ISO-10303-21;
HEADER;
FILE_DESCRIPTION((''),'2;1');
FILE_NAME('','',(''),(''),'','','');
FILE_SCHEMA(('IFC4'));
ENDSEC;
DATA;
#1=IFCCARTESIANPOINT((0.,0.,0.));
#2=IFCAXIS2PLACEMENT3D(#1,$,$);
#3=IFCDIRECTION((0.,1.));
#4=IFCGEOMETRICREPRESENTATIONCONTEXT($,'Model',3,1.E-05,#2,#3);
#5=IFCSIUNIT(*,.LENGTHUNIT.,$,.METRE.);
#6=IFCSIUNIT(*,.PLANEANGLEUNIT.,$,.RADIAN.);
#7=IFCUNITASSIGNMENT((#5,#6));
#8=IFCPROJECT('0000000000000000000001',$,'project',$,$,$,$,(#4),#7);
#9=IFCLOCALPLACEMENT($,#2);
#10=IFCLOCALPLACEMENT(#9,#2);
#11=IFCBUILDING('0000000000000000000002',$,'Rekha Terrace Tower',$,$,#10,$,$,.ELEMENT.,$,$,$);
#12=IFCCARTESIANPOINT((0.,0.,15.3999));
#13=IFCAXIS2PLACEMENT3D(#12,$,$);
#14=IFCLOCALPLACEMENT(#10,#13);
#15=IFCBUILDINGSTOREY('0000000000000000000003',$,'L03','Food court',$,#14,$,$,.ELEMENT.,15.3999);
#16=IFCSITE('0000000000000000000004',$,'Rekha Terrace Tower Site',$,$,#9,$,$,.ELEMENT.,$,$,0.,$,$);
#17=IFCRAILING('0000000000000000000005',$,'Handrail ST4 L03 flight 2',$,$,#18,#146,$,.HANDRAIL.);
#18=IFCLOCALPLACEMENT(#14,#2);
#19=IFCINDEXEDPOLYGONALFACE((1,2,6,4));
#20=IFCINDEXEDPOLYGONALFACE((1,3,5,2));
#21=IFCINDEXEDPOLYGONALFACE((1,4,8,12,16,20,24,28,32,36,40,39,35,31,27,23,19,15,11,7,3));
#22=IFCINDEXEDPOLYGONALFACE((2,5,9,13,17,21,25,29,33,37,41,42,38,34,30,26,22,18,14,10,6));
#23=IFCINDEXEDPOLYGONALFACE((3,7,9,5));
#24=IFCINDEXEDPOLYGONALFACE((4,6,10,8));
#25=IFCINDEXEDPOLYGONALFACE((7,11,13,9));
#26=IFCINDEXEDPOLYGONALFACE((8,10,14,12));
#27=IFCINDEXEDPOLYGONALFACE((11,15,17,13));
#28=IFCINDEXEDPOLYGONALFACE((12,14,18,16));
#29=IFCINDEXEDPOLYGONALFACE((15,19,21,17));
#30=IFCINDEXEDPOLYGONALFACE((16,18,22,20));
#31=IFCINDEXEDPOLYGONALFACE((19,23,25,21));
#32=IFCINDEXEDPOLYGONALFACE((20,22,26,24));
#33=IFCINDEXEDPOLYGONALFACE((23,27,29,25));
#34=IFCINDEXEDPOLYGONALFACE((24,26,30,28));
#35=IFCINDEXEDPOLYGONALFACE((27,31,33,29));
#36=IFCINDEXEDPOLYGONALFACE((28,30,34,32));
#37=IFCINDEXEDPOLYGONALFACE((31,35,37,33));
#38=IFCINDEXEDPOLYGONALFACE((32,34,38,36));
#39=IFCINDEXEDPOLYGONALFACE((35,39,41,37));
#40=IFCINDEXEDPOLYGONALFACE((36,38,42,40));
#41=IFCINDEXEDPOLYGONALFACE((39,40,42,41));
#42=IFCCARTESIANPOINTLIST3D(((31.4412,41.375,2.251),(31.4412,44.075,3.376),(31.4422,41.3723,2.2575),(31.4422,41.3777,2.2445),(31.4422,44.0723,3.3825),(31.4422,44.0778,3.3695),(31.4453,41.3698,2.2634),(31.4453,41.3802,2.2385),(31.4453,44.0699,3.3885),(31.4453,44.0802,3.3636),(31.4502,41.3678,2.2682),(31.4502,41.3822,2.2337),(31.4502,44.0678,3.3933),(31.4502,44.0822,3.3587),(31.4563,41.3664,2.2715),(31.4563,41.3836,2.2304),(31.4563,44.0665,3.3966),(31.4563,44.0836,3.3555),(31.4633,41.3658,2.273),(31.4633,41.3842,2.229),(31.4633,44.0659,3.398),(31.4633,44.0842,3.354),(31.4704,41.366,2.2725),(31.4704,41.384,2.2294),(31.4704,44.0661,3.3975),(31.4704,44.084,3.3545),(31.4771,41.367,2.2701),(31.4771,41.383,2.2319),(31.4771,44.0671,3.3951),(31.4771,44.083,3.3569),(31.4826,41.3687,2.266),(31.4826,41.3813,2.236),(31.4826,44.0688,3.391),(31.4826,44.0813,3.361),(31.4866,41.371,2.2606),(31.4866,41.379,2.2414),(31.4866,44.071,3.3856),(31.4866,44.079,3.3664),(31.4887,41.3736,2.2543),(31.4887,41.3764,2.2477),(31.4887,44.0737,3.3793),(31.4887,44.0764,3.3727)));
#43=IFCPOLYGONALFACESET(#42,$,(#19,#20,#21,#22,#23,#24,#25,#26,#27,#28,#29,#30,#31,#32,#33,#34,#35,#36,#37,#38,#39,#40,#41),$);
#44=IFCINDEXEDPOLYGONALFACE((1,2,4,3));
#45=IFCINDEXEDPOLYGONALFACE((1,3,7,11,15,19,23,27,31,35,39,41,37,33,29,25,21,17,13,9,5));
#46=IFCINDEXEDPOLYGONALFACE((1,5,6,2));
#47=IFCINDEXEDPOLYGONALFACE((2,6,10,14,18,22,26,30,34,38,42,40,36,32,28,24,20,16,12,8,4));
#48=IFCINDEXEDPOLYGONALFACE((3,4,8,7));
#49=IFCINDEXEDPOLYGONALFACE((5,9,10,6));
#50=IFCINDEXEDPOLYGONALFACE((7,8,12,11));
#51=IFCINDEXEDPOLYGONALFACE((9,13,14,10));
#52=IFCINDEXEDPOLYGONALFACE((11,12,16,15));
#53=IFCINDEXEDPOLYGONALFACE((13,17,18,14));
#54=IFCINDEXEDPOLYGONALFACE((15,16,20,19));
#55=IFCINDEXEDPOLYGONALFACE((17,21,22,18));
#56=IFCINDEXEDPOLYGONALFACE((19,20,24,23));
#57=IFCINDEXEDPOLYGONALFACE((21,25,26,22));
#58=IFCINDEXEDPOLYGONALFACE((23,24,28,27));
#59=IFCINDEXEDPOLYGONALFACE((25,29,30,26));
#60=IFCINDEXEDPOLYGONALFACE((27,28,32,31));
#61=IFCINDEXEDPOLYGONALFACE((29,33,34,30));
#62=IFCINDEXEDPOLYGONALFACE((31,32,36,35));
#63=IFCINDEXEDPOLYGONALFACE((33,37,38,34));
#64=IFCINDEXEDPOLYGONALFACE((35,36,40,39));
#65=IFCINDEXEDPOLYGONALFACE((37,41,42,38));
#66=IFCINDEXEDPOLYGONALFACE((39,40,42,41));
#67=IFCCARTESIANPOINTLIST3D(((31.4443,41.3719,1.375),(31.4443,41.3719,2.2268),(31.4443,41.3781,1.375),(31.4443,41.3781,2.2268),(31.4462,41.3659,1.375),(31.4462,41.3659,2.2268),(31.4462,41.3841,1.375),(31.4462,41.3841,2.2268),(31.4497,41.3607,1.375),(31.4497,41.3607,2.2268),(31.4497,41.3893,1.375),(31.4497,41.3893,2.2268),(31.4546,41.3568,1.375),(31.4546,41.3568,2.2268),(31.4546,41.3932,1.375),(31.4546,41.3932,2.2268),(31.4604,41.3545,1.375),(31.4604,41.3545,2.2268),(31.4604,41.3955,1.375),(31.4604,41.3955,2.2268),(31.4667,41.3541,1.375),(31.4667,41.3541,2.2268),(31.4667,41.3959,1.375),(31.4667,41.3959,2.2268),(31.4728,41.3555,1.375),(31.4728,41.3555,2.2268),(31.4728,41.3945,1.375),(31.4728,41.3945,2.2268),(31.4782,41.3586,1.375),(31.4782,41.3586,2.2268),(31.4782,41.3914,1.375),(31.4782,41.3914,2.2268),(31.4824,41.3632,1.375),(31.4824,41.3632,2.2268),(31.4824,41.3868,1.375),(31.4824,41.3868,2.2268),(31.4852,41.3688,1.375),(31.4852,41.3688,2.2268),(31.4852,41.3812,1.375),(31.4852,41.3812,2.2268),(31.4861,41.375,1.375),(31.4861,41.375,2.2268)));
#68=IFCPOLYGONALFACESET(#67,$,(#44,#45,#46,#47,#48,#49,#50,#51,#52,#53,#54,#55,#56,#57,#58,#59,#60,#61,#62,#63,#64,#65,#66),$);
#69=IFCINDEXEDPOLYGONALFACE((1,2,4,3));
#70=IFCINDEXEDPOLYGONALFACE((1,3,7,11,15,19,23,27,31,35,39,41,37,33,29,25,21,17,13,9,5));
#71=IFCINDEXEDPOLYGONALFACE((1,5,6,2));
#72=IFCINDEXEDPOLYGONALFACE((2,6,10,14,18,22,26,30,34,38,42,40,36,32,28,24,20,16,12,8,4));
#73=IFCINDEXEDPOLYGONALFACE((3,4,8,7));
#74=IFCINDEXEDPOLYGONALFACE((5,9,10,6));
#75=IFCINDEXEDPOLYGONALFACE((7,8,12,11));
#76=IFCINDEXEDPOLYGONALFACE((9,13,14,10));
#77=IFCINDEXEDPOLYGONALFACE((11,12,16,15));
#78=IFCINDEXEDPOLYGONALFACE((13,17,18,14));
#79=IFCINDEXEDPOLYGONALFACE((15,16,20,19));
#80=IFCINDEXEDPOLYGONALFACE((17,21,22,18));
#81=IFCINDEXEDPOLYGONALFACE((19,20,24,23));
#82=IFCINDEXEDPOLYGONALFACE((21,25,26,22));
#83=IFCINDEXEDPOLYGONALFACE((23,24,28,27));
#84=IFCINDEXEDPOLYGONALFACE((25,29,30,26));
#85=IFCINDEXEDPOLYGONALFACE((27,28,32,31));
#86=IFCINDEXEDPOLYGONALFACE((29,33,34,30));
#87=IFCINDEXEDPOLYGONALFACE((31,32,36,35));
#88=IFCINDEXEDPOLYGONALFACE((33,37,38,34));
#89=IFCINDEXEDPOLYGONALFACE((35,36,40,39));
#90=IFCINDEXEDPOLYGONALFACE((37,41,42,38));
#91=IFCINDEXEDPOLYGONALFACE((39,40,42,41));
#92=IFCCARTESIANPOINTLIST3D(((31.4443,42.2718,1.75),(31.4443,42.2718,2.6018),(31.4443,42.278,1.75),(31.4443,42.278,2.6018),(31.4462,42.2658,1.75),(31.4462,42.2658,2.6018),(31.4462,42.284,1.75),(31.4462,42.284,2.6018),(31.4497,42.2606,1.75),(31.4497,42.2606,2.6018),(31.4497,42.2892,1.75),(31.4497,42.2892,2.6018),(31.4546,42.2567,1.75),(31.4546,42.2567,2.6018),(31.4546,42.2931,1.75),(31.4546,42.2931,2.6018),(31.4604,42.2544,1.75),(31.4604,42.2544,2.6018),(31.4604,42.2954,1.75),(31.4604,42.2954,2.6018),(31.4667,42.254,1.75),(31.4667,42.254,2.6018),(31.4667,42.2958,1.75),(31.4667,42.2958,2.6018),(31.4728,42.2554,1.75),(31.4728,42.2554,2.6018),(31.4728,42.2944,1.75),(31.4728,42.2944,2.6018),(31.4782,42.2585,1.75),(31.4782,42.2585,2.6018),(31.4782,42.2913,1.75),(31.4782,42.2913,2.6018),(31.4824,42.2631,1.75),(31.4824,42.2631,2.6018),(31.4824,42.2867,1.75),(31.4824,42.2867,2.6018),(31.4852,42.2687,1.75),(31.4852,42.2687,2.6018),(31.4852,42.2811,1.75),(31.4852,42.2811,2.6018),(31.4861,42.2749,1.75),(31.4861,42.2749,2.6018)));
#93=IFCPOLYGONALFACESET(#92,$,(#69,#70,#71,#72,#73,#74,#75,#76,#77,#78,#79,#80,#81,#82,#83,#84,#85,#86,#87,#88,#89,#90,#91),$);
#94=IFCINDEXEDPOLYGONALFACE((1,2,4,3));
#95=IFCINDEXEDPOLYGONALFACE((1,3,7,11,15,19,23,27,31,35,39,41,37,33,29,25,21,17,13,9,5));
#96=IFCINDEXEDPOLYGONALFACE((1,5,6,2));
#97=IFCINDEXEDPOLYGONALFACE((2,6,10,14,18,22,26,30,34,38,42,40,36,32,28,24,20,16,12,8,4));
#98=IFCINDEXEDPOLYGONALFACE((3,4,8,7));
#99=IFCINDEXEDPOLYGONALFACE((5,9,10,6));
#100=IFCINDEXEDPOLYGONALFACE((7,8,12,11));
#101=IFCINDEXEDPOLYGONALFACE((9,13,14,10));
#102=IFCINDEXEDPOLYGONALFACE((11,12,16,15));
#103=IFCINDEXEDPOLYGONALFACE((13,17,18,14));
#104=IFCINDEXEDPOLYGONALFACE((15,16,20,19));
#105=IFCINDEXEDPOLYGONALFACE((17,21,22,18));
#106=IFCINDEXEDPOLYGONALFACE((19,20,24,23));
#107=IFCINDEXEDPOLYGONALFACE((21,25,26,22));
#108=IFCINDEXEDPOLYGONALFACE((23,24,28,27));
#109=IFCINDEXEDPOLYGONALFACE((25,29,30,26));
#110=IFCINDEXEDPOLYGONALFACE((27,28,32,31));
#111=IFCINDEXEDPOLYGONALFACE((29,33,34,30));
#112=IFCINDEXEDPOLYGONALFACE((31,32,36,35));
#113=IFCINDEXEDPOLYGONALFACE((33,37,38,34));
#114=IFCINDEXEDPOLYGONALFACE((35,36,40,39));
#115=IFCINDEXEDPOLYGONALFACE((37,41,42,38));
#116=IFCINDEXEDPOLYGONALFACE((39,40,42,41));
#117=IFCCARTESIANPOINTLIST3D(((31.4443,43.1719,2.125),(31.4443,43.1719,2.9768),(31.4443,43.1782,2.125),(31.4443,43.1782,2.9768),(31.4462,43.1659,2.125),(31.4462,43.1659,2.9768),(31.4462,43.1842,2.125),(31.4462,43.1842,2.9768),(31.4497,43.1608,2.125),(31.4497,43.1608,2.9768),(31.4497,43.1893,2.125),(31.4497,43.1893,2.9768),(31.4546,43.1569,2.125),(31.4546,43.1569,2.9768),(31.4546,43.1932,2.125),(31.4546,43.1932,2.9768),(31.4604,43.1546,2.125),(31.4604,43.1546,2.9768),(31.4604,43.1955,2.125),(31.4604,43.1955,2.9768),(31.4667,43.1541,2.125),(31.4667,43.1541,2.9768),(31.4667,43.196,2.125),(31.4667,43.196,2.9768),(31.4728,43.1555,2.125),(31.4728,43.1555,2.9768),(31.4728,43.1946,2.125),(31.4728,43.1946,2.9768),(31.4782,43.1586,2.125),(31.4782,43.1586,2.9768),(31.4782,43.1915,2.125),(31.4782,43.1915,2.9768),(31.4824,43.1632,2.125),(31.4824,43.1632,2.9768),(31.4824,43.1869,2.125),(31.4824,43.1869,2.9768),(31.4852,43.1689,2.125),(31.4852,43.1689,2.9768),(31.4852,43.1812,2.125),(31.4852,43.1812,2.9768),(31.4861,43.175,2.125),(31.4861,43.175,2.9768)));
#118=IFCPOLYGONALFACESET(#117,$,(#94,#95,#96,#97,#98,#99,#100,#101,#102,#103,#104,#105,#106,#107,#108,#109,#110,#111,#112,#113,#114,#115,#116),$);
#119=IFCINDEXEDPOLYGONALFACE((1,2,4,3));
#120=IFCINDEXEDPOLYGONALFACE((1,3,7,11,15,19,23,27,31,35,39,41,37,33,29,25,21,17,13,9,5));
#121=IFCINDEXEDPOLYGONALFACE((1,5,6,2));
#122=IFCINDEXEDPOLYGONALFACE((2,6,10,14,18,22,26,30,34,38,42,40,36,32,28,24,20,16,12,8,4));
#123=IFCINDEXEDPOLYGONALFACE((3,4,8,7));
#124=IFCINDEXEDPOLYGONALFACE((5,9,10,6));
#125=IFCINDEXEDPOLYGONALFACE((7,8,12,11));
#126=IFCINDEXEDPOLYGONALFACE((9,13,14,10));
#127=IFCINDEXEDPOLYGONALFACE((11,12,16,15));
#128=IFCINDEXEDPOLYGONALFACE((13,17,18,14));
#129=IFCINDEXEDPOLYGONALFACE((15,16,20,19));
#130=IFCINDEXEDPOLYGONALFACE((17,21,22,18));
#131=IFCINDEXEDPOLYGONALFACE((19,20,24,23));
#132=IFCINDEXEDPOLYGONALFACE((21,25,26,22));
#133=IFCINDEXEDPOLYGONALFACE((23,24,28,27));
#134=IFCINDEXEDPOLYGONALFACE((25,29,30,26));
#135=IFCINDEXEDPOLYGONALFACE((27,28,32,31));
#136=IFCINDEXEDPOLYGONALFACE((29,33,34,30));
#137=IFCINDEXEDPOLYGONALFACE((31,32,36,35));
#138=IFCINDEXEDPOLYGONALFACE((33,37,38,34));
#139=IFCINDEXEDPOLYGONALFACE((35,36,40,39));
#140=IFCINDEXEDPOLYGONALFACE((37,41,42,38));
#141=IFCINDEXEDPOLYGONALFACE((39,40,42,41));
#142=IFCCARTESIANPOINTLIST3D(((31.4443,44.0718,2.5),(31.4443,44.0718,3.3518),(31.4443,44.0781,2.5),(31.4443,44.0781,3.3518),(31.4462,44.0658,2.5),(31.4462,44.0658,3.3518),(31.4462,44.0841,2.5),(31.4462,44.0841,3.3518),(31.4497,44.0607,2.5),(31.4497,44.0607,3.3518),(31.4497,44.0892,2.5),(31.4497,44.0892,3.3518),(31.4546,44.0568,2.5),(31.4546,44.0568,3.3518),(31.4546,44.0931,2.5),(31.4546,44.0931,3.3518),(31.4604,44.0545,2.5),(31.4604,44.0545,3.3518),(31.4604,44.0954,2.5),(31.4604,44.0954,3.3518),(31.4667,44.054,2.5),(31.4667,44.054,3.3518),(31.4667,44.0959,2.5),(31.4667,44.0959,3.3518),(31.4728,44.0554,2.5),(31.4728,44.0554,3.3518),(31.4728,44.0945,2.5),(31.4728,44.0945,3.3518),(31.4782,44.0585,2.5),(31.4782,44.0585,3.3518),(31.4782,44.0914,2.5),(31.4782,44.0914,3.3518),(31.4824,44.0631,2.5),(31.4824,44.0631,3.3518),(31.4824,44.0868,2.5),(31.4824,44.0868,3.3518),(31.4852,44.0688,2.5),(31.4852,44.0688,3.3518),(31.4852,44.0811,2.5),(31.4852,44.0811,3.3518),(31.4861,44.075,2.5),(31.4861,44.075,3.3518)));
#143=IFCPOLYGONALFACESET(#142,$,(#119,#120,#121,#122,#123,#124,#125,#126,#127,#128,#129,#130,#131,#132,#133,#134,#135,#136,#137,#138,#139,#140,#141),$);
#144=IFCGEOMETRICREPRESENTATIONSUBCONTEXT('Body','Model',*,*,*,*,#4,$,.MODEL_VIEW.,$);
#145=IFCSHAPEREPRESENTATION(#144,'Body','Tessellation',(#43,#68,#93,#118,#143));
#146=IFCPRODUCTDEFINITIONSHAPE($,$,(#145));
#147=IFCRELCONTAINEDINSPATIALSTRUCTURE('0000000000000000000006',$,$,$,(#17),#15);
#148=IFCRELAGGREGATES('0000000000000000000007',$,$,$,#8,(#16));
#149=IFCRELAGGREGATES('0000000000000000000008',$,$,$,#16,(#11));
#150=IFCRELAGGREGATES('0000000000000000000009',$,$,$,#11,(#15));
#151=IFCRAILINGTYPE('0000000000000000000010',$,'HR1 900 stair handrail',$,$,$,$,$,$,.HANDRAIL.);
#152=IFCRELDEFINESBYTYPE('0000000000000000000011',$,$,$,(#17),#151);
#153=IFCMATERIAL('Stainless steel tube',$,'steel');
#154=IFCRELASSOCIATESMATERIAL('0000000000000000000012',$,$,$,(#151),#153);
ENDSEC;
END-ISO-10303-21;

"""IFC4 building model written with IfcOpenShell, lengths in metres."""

from ifc_helpers import new_model, si_unit, direction, frame, origin, origin_2d, place, context, subcontext, project, spatial, circle, extrude, material, type_object, element, save


model = new_model("IFC4")

# Units and contexts
model_context = context("Model", 3, precision=1e-05, world=origin(), true_north=direction((0.0, 1.0)))
body_context = subcontext(model_context, "Body", "Model", "MODEL_VIEW")
ifc_project = project(units=[si_unit("LENGTHUNIT", "METRE"), si_unit("PLANEANGLEUNIT", "RADIAN")], contexts=[model_context])

# Site, building, storey
site_placement = place(None, origin())
site = spatial("IfcSite", under=ifc_project, at=site_placement, Name="Rekha Terrace Tower Site", CompositionType="ELEMENT", RefElevation=0.0)
building_placement = place(site_placement, origin())
building = spatial("IfcBuilding", under=site, at=building_placement, Name="Rekha Terrace Tower", CompositionType="ELEMENT")
storey_placement = place(building_placement, frame((0.0, 0.0, 15.3999)))
storey = spatial("IfcBuildingStorey", under=building, at=storey_placement, Name="L03", Description="Food court", CompositionType="ELEMENT", Elevation=15.3999)

# Railing
ifc_material_1 = material(Name="Stainless steel tube", Category="steel")
railing_type_1 = type_object("IfcRailingType", Name="HR1 900 stair handrail", PredefinedType="HANDRAIL", material=ifc_material_1)
railing_1_placement = place(storey_placement, frame((31.4651, 41.375, 1.375)))
element("IfcRailing", 1, at=railing_1_placement, inside=storey, type_object=railing_type_1, Name="Handrail ST4 L03 flight 2", PredefinedType="HANDRAIL", context=body_context, shape_type="SweptSolid", body=[
    extrude(circle(Radius=0.0239, at=origin_2d()), frame((0.0, 0.0, 0.876), z_axis=(0.0, 0.923074, 0.384621), x_axis=(-1.0, 0.0, 0.0)), (0.0, 0.0, 1.0), 2.925),
    extrude(circle(Radius=0.021, at=origin_2d()), origin(), (0.0, 0.0, 1.0), 0.8518),
    extrude(circle(Radius=0.021, at=origin_2d()), frame((0.0, 0.8999, 0.375)), (0.0, 0.0, 1.0), 0.8518),
    extrude(circle(Radius=0.021, at=origin_2d()), frame((0.0, 1.8, 0.75)), (0.0, 0.0, 1.0), 0.8518),
    extrude(circle(Radius=0.021, at=origin_2d()), frame((0.0, 2.7, 1.125)), (0.0, 0.0, 1.0), 0.8518),
])

save(model, "model.ifc")
